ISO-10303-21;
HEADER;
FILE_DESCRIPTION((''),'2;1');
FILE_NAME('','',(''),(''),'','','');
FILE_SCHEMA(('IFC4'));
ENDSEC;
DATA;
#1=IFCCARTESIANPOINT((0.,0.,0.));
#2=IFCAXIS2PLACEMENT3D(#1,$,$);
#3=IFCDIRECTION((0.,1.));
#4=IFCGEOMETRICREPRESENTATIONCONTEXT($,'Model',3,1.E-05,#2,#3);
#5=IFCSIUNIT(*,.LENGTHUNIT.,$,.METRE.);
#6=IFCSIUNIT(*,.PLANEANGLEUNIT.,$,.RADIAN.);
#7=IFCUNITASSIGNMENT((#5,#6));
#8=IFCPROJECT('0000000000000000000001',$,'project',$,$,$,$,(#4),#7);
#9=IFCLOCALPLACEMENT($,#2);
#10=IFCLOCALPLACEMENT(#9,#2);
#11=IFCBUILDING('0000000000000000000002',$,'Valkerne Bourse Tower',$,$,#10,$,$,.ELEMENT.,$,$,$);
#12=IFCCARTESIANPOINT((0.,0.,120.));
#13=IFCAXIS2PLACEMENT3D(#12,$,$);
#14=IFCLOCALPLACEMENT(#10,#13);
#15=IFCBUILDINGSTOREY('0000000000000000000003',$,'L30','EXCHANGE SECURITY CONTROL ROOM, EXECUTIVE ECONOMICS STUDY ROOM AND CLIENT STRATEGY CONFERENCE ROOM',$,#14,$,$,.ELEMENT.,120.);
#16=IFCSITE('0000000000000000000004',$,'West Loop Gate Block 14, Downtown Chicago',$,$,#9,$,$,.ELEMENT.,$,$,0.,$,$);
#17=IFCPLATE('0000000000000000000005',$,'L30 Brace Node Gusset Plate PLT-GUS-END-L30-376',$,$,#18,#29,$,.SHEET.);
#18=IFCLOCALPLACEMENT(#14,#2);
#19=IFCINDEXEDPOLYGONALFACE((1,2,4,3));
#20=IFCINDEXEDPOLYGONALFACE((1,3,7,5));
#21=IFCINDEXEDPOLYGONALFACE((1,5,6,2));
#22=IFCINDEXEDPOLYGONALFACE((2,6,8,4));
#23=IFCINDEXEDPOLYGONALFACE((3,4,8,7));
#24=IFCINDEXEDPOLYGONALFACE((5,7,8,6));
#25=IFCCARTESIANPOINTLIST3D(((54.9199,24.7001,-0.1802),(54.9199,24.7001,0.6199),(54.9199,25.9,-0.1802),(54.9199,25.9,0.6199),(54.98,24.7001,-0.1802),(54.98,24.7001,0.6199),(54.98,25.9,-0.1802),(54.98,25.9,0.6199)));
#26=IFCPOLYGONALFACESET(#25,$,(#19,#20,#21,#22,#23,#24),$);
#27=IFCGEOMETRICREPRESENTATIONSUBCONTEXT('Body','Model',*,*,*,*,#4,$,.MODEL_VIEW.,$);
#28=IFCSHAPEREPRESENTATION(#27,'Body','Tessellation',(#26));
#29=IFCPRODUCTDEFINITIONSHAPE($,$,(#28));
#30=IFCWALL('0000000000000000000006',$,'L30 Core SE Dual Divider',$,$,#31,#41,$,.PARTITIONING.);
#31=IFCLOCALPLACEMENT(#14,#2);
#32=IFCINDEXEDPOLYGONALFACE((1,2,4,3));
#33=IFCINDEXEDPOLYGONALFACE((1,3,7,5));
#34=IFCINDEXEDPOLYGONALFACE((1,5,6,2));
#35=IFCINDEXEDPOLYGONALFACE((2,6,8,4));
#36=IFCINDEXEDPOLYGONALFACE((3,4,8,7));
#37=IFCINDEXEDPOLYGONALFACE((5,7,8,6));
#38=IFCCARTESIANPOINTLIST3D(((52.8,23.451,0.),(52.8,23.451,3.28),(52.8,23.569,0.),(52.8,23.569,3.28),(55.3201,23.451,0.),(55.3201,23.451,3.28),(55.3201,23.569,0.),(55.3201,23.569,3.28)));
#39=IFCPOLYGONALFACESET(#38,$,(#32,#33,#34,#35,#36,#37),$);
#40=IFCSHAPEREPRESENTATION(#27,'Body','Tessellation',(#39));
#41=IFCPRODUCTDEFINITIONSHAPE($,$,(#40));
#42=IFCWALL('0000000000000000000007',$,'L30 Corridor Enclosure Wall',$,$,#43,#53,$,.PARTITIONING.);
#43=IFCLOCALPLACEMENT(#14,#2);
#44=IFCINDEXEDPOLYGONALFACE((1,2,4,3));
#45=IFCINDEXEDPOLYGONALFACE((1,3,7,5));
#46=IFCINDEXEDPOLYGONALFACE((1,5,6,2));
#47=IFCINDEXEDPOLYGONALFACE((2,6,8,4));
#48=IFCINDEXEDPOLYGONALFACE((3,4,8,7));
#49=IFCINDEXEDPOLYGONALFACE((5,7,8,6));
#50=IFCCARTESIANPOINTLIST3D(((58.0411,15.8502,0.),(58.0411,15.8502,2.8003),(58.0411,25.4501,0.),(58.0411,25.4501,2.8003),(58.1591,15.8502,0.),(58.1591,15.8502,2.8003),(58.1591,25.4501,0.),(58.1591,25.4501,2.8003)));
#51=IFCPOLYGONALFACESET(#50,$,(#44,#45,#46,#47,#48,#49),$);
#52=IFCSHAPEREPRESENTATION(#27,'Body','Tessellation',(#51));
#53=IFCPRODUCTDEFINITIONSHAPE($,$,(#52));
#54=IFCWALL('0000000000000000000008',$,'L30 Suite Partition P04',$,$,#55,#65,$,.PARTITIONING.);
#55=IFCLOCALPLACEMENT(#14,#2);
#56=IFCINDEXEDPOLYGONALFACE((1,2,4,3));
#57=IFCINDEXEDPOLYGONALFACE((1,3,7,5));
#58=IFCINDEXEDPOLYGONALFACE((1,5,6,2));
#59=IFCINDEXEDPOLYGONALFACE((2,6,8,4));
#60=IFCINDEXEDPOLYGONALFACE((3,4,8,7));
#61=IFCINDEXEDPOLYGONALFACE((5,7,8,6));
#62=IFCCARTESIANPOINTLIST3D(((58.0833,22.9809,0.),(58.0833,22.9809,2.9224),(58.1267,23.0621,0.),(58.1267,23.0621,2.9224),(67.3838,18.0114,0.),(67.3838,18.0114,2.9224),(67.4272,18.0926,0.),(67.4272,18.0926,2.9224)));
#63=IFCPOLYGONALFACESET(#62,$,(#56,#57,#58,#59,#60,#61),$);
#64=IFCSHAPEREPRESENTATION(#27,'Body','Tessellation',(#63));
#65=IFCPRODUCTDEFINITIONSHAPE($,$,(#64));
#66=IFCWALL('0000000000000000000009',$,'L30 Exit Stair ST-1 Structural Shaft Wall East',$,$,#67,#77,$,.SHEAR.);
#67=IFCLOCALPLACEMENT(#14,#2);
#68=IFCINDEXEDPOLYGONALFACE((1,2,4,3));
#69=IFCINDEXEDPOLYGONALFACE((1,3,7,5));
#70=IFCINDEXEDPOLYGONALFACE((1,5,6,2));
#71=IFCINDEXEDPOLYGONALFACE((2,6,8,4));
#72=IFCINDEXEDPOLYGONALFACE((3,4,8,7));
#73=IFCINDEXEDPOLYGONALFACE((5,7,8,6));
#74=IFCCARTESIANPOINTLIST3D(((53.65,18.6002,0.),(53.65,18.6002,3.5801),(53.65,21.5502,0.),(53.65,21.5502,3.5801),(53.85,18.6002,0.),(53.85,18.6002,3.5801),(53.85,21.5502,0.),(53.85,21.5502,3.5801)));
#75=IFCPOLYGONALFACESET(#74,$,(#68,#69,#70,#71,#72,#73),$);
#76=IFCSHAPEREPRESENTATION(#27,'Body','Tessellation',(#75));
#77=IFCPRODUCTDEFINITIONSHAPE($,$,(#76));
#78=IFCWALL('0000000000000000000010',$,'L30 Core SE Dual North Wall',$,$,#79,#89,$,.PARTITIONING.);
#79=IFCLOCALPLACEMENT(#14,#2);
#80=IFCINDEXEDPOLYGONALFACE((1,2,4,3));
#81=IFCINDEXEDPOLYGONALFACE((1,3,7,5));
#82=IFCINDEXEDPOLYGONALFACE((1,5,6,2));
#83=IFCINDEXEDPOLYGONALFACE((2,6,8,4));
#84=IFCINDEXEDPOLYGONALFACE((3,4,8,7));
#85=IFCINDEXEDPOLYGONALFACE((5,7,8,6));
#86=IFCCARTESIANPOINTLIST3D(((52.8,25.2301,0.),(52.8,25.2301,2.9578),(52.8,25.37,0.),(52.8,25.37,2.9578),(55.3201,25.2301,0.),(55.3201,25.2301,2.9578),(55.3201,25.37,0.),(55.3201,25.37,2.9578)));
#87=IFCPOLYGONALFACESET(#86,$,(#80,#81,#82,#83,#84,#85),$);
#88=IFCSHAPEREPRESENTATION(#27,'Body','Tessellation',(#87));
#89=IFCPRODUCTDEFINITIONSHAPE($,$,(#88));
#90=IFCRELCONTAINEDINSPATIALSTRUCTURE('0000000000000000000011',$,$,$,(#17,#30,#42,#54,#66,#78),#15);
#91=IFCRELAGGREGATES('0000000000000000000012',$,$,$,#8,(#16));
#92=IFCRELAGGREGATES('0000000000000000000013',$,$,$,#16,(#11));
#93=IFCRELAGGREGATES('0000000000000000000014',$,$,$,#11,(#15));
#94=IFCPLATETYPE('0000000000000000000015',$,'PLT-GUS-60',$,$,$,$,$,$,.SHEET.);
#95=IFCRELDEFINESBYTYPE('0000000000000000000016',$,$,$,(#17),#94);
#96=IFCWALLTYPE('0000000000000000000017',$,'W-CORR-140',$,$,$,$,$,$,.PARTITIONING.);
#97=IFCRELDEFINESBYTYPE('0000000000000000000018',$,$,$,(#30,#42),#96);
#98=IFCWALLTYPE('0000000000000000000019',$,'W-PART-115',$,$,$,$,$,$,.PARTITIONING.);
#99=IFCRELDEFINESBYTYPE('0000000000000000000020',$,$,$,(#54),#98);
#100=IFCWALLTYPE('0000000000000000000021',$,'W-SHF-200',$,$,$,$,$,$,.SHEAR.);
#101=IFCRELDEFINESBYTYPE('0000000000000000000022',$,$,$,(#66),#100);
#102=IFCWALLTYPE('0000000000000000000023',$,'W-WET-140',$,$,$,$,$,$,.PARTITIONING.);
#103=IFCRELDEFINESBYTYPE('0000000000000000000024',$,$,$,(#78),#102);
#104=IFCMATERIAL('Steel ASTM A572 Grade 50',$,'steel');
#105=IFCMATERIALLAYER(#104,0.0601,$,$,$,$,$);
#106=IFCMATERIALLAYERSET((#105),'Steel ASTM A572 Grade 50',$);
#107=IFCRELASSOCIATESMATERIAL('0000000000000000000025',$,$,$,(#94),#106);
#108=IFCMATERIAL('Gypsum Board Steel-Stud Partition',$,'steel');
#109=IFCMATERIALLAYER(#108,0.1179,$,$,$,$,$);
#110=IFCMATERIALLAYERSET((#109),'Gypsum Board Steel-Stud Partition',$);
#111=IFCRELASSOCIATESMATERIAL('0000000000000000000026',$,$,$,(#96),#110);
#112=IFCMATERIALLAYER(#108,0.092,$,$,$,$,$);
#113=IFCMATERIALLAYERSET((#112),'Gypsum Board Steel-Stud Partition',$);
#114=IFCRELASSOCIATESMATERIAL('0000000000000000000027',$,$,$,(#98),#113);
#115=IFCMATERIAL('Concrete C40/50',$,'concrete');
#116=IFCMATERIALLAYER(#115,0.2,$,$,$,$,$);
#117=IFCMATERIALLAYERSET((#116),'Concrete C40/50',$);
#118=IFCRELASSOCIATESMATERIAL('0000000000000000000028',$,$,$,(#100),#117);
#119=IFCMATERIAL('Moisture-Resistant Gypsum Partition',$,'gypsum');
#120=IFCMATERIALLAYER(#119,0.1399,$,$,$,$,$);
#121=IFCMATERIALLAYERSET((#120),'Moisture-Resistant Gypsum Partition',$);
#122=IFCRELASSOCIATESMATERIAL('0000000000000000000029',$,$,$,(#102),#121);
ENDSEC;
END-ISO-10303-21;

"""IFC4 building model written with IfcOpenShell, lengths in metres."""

from ifc_helpers import new_model, si_unit, direction, frame, frame_2d, origin, origin_2d, place, context, subcontext, project, spatial, rectangle, extrude, material, layer, layer_set, type_object, element, save


model = new_model("IFC4")

# Units and contexts
model_context = context("Model", 3, precision=1e-05, world=origin(), true_north=direction((0.0, 1.0)))
body_context = subcontext(model_context, "Body", "Model", "MODEL_VIEW")
ifc_project = project(units=[si_unit("LENGTHUNIT", "METRE"), si_unit("PLANEANGLEUNIT", "RADIAN")], contexts=[model_context])

# Site, building, storey
site_placement = place(None, origin())
site = spatial("IfcSite", under=ifc_project, at=site_placement, Name="West Loop Gate Block 14, Downtown Chicago", CompositionType="ELEMENT", RefElevation=0.0)
building_placement = place(site_placement, origin())
building = spatial("IfcBuilding", under=site, at=building_placement, Name="Valkerne Bourse Tower", CompositionType="ELEMENT")
storey_placement = place(building_placement, frame((0.0, 0.0, 120.0)))
storey = spatial("IfcBuildingStorey", under=building, at=storey_placement, Name="L30", Description="EXCHANGE SECURITY CONTROL ROOM, EXECUTIVE ECONOMICS STUDY ROOM AND CLIENT STRATEGY CONFERENCE ROOM", CompositionType="ELEMENT", Elevation=120.0)

# Plate
ifc_material_1 = material(Name="Steel ASTM A572 Grade 50", Category="steel")
ifc_layer_1 = layer(ifc_material_1, 0.0601)
ifc_layer_set_1 = layer_set([ifc_layer_1], Name="Steel ASTM A572 Grade 50")
plate_type_1 = type_object("IfcPlateType", Name="PLT-GUS-60", PredefinedType="SHEET", material=ifc_layer_set_1)
plate_1_placement = place(storey_placement, frame((54.95, 25.3, -0.1802), z_axis=(0.0, 0.0, 1.0), x_axis=(0.0, 1.0, 0.0)))
element("IfcPlate", 1, at=plate_1_placement, inside=storey, type_object=plate_type_1, Name="L30 Brace Node Gusset Plate PLT-GUS-END-L30-376", PredefinedType="SHEET", context=body_context, shape_type="SweptSolid", body=[
    extrude(rectangle(XDim=1.2, YDim=0.0601, at=origin_2d()), origin(), (0.0, 0.0, 1.0), 0.8),
])

# Walls
ifc_material_2 = material(Name="Gypsum Board Steel-Stud Partition", Category="steel")
ifc_layer_2 = layer(ifc_material_2, 0.1179)
ifc_layer_set_2 = layer_set([ifc_layer_2], Name="Gypsum Board Steel-Stud Partition")
wall_type_1 = type_object("IfcWallType", Name="W-CORR-140", PredefinedType="PARTITIONING", material=ifc_layer_set_2)
wall_1_placement = place(storey_placement, frame((52.8, 23.51, 0.0), z_axis=(0.0, 0.0, 1.0), x_axis=(1.0, 0.0, 0.0)))
element("IfcWall", 2, at=wall_1_placement, inside=storey, type_object=wall_type_1, Name="L30 Core SE Dual Divider", PredefinedType="PARTITIONING", context=body_context, shape_type="SweptSolid", body=[
    extrude(rectangle(XDim=2.52, YDim=0.1179, at=frame_2d((1.26, 0.0))), origin(), (0.0, 0.0, 1.0), 3.28),
])
wall_2_placement = place(storey_placement, frame((58.1001, 25.45, 0.0), z_axis=(0.0, 0.0, 1.0), x_axis=(0.0, -1.0, 0.0)))
element("IfcWall", 3, at=wall_2_placement, inside=storey, type_object=wall_type_1, Name="L30 Corridor Enclosure Wall", PredefinedType="PARTITIONING", context=body_context, shape_type="SweptSolid", body=[
    extrude(rectangle(XDim=9.5999, YDim=0.1179, at=frame_2d((4.7998, 0.0))), origin(), (0.0, 0.0, 1.0), 2.8003),
])
ifc_layer_3 = layer(ifc_material_2, 0.092)
ifc_layer_set_3 = layer_set([ifc_layer_3], Name="Gypsum Board Steel-Stud Partition")
wall_type_2 = type_object("IfcWallType", Name="W-PART-115", PredefinedType="PARTITIONING", material=ifc_layer_set_3)
wall_3_placement = place(storey_placement, frame((58.105, 23.0215, 0.0), z_axis=(0.0, 0.0, 1.0), x_axis=(0.881991, -0.471267, 0.0)))
element("IfcWall", 4, at=wall_3_placement, inside=storey, type_object=wall_type_2, Name="L30 Suite Partition P04", PredefinedType="PARTITIONING", context=body_context, shape_type="SweptSolid", body=[
    extrude(rectangle(XDim=10.5449, YDim=0.092, at=frame_2d((5.2725, 0.0))), origin(), (0.0, 0.0, 1.0), 2.9224),
])
ifc_material_3 = material(Name="Concrete C40/50", Category="concrete")
ifc_layer_4 = layer(ifc_material_3, 0.2)
ifc_layer_set_4 = layer_set([ifc_layer_4], Name="Concrete C40/50")
wall_type_3 = type_object("IfcWallType", Name="W-SHF-200", PredefinedType="SHEAR", material=ifc_layer_set_4)
wall_4_placement = place(storey_placement, frame((53.75, 18.6001, 0.0), z_axis=(0.0, 0.0, 1.0), x_axis=(0.0, 1.0, 0.0)))
element("IfcWall", 5, at=wall_4_placement, inside=storey, type_object=wall_type_3, Name="L30 Exit Stair ST-1 Structural Shaft Wall East", PredefinedType="SHEAR", context=body_context, shape_type="SweptSolid", body=[
    extrude(rectangle(XDim=2.95, YDim=0.2, at=frame_2d((1.4751, 0.0))), origin(), (0.0, 0.0, 1.0), 3.5801),
])
ifc_material_4 = material(Name="Moisture-Resistant Gypsum Partition", Category="gypsum")
ifc_layer_5 = layer(ifc_material_4, 0.1399)
ifc_layer_set_5 = layer_set([ifc_layer_5], Name="Moisture-Resistant Gypsum Partition")
wall_type_4 = type_object("IfcWallType", Name="W-WET-140", PredefinedType="PARTITIONING", material=ifc_layer_set_5)
wall_5_placement = place(storey_placement, frame((52.8, 25.3, 0.0), z_axis=(0.0, 0.0, 1.0), x_axis=(1.0, 0.0, 0.0)))
element("IfcWall", 6, at=wall_5_placement, inside=storey, type_object=wall_type_4, Name="L30 Core SE Dual North Wall", PredefinedType="PARTITIONING", context=body_context, shape_type="SweptSolid", body=[
    extrude(rectangle(XDim=2.52, YDim=0.1399, at=frame_2d((1.26, 0.0))), origin(), (0.0, 0.0, 1.0), 2.9578),
])

save(model, "model.ifc")
